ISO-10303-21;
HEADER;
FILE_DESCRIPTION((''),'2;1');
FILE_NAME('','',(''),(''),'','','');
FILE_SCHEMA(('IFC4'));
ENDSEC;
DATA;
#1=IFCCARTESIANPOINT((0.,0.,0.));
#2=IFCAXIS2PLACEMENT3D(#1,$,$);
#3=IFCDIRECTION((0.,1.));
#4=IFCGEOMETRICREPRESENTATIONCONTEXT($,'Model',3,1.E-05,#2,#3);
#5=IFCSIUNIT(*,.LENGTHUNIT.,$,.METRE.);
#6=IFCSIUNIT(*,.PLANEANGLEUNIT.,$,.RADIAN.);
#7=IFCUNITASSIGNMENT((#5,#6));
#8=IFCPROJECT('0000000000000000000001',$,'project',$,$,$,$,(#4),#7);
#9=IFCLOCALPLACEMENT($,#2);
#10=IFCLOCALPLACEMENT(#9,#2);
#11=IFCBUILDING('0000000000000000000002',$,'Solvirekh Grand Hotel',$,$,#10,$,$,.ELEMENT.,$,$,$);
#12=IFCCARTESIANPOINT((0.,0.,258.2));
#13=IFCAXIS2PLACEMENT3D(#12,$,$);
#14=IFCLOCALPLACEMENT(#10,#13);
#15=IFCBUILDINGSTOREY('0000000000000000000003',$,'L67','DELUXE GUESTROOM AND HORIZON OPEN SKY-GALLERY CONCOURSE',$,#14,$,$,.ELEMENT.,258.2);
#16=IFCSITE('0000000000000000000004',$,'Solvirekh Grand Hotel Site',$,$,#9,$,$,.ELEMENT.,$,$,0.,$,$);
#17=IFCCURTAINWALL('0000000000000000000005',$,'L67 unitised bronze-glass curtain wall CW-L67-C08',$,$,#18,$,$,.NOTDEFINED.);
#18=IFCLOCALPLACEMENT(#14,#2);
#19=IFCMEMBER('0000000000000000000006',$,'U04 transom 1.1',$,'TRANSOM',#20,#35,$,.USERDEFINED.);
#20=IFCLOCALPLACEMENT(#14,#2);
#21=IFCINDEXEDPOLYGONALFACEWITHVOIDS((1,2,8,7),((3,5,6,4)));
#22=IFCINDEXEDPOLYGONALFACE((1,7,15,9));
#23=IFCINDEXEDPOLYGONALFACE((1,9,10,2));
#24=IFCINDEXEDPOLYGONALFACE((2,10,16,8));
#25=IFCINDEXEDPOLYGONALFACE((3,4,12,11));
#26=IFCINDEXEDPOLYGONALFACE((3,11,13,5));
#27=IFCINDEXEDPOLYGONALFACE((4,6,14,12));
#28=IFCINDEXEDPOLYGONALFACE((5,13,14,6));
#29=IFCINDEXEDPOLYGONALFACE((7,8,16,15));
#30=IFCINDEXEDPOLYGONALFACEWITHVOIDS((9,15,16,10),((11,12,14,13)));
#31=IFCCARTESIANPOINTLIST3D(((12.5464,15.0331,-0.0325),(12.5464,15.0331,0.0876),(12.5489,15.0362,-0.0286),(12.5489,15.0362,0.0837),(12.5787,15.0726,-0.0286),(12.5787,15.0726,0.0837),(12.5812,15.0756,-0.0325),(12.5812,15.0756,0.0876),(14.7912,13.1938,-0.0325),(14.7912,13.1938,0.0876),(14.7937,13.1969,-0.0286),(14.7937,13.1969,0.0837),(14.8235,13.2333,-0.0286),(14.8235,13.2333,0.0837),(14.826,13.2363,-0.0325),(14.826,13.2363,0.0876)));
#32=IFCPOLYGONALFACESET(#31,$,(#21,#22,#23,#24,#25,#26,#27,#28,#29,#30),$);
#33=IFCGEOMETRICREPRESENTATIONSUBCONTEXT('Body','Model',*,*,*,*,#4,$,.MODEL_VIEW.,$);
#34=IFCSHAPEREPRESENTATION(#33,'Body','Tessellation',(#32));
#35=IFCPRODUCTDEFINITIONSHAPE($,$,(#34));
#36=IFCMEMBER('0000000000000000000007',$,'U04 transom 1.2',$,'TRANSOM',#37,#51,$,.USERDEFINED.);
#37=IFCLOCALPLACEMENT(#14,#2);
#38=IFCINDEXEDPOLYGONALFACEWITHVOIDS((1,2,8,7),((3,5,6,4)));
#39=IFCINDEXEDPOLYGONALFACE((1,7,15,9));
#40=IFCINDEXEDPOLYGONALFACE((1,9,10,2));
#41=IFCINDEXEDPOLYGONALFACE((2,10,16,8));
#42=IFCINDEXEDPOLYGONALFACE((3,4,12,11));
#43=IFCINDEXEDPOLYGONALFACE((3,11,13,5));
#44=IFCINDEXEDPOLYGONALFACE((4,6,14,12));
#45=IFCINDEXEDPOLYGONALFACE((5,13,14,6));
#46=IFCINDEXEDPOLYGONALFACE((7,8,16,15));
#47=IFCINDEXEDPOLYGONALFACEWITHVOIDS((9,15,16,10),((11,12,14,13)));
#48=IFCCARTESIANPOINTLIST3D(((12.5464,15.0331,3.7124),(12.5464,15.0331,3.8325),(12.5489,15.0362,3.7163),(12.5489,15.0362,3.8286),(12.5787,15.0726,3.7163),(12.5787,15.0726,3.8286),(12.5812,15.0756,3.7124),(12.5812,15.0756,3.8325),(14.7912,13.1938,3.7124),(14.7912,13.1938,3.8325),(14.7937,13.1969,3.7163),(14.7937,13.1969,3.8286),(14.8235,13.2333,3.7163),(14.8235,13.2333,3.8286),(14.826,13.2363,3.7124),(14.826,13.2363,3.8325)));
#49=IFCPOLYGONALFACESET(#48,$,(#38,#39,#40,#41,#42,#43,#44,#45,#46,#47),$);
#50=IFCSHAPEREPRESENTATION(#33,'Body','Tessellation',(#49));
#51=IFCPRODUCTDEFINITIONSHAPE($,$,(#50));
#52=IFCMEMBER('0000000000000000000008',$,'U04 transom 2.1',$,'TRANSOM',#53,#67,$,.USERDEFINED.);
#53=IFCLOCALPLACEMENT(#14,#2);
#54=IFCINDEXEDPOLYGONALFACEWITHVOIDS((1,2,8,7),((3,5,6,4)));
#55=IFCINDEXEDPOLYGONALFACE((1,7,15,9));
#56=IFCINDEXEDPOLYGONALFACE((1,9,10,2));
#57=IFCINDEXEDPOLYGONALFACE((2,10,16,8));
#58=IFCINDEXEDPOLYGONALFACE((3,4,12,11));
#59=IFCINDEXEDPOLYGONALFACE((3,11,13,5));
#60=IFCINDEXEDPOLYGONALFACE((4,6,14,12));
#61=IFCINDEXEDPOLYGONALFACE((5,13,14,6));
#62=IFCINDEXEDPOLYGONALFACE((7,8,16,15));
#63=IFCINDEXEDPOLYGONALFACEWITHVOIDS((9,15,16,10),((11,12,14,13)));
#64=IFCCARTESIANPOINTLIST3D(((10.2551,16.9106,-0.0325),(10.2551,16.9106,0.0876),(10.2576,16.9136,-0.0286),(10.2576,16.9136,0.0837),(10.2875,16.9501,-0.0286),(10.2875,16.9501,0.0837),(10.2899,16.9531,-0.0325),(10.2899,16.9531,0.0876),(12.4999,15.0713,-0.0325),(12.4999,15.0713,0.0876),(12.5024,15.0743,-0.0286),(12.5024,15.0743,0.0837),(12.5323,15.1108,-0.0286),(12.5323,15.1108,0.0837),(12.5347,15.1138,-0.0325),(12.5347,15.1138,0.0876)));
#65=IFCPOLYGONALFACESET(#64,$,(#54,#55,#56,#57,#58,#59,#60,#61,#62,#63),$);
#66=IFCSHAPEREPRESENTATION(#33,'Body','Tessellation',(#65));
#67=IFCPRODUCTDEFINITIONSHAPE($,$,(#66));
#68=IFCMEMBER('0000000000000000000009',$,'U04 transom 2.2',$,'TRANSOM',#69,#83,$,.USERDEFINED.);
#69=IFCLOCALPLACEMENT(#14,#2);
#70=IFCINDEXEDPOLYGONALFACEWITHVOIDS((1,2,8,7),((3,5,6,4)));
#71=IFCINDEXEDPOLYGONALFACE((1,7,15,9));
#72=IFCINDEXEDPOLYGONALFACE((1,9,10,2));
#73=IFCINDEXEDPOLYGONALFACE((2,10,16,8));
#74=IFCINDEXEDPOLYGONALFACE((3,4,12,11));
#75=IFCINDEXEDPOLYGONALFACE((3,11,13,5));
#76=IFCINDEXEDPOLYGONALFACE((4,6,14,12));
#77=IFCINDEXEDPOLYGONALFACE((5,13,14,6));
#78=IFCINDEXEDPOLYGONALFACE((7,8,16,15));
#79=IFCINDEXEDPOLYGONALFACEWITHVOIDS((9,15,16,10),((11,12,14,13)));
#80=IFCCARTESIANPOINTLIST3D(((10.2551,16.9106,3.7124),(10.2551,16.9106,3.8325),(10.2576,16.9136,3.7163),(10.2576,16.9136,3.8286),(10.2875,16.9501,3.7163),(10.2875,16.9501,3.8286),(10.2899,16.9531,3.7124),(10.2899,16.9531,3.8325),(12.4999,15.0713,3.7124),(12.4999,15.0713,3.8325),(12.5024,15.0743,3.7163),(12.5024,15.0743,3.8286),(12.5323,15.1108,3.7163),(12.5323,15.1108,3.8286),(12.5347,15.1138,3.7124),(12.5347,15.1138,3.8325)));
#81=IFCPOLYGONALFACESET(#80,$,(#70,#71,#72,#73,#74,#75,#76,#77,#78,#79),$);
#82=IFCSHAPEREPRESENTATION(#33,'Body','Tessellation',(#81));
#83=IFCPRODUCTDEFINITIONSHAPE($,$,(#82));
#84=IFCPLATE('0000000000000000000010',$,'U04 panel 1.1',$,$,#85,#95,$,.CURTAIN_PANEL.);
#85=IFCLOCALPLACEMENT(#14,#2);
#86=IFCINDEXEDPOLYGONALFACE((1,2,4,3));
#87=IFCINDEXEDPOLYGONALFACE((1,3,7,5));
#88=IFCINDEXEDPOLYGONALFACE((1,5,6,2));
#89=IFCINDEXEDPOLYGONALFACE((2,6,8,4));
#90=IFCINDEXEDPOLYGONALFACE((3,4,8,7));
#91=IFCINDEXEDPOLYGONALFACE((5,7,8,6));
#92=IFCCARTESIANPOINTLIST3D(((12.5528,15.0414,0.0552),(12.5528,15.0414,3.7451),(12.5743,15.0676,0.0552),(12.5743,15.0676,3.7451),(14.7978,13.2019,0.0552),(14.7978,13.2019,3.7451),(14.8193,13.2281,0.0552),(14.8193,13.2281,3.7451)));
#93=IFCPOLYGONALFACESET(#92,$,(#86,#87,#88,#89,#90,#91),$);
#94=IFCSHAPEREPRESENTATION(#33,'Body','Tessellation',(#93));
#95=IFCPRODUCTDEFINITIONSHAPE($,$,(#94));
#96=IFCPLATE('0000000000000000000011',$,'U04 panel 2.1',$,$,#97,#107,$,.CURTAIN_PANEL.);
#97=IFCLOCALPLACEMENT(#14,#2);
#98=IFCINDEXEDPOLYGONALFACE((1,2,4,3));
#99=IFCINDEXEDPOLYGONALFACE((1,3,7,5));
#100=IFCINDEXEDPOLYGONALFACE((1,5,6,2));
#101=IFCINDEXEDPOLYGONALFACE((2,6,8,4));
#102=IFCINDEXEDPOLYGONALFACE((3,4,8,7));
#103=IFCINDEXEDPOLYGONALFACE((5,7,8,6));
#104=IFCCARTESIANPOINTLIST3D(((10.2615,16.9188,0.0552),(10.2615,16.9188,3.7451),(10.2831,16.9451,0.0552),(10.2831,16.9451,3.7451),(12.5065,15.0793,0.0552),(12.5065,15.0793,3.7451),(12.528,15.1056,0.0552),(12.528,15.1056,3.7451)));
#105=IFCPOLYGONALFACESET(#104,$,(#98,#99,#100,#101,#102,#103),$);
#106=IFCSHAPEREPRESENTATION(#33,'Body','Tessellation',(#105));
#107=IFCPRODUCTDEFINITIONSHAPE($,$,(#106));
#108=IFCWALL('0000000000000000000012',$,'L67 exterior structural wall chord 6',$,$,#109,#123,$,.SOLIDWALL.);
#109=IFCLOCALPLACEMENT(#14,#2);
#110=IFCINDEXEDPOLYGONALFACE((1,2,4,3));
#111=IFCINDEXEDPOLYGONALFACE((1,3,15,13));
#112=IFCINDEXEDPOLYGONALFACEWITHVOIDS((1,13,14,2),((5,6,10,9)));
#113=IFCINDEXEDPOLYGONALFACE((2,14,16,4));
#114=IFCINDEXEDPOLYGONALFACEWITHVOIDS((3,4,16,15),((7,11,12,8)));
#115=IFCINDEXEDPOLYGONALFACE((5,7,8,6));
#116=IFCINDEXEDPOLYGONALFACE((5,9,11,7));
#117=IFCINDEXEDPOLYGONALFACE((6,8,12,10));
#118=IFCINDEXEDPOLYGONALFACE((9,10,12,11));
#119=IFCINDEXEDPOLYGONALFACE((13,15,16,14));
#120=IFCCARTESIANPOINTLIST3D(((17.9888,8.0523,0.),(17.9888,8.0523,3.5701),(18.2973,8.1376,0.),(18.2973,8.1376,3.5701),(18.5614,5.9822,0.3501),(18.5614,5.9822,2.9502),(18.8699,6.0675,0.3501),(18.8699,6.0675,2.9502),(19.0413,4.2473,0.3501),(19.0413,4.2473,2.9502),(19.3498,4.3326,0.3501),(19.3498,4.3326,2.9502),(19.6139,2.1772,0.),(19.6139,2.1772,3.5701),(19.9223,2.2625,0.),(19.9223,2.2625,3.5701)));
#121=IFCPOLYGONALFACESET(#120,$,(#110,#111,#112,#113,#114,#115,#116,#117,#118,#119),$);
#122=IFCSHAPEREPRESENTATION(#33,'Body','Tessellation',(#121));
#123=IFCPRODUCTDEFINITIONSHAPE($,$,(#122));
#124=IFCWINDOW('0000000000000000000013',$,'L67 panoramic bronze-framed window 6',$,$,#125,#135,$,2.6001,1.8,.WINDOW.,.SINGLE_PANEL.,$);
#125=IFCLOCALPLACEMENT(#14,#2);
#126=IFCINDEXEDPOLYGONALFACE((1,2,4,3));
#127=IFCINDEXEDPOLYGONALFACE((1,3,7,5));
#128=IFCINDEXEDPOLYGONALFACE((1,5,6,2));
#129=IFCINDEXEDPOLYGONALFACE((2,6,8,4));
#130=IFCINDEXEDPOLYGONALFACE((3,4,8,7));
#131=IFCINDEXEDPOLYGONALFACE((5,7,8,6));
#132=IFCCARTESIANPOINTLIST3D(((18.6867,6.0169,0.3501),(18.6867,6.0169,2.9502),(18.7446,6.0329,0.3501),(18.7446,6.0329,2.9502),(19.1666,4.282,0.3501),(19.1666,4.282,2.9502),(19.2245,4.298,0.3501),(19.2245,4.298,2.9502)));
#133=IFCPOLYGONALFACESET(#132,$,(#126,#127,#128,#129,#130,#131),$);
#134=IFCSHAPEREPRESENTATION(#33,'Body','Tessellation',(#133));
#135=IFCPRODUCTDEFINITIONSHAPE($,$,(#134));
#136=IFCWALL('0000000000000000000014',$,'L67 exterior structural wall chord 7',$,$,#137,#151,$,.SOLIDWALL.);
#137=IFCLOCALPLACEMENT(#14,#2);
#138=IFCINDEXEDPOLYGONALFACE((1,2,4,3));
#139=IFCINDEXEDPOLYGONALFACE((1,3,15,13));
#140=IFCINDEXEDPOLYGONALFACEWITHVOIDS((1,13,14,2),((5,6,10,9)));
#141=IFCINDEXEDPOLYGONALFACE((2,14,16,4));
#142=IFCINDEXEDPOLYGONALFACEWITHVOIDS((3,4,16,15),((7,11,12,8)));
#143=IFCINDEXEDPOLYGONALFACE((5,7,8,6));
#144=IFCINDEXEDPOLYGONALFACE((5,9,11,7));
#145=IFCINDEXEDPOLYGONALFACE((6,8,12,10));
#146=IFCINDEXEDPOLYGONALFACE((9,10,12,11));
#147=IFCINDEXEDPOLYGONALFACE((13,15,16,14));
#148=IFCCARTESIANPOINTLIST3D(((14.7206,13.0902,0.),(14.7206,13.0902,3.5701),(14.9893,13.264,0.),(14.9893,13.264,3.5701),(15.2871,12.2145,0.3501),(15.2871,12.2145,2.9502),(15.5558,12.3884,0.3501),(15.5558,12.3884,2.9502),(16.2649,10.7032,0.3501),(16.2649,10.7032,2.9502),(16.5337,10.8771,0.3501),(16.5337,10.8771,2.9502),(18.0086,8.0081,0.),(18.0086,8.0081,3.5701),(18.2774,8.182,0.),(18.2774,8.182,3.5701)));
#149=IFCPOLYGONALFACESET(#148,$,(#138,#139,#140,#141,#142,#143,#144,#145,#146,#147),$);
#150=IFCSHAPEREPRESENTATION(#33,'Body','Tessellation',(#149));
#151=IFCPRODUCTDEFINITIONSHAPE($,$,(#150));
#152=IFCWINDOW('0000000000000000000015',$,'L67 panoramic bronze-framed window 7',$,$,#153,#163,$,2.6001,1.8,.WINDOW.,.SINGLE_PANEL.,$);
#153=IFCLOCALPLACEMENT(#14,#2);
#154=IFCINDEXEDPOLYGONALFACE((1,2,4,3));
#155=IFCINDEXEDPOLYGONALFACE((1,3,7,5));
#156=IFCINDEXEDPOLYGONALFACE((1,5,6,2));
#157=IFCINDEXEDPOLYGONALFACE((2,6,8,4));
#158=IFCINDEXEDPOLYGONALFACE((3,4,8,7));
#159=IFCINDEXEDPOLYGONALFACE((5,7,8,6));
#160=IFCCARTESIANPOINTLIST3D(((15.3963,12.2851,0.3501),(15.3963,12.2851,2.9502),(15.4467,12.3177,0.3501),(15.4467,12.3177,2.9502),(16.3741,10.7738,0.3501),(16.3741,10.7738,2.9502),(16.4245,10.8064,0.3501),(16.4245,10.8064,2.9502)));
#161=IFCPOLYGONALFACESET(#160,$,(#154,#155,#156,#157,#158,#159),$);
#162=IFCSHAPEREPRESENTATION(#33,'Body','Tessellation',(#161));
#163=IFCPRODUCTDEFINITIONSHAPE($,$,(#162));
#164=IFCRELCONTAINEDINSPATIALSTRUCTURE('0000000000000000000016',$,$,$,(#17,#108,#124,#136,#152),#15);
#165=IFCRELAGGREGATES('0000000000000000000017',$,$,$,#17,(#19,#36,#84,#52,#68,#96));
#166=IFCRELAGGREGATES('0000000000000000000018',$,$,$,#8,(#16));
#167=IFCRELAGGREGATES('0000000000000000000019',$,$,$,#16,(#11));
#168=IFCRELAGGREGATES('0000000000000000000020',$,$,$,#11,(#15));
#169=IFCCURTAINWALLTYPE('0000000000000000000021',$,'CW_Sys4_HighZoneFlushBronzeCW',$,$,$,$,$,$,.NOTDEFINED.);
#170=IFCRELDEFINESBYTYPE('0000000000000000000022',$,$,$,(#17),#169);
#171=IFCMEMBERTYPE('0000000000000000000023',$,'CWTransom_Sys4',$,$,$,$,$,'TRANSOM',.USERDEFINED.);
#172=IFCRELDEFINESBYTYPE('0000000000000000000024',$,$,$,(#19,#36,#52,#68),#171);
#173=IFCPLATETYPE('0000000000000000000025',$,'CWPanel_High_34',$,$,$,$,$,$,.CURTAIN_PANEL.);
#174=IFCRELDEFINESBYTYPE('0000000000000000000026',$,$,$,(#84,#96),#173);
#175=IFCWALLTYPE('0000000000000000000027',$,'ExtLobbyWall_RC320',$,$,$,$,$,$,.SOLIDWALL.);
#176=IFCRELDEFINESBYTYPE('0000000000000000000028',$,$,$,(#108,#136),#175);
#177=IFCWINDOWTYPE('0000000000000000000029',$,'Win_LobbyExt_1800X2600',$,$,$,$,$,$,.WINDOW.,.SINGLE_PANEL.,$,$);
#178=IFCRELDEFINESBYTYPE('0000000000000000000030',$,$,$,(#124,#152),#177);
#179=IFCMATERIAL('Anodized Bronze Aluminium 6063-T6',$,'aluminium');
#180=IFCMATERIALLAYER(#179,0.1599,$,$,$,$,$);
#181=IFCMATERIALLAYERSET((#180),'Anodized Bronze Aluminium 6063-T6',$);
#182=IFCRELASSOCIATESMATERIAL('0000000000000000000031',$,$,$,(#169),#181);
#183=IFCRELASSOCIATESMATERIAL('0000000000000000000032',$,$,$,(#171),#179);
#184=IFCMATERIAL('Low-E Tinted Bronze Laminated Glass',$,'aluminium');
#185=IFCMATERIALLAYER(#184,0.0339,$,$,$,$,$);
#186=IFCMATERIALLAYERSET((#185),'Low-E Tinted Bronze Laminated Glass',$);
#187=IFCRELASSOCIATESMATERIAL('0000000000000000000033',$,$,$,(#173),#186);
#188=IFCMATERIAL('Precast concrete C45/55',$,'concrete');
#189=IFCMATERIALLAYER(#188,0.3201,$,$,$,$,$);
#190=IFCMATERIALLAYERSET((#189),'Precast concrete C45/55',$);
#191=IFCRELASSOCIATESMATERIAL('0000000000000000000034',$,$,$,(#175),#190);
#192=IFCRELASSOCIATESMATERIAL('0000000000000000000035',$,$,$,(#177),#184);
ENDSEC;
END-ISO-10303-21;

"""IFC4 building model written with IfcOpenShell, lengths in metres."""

from ifc_helpers import new_model, si_unit, direction, frame, frame_2d, origin, origin_2d, place, context, subcontext, project, spatial, rectangle, hollow_rectangle, extrude, source, transform, mapped, material, layer, layer_set, material_profile, profile_set, type_object, element, fill, aggregate, save


model = new_model("IFC4")

# Units and contexts
model_context = context("Model", 3, precision=1e-05, world=origin(), true_north=direction((0.0, 1.0)))
body_context = subcontext(model_context, "Body", "Model", "MODEL_VIEW")
ifc_project = project(units=[si_unit("LENGTHUNIT", "METRE"), si_unit("PLANEANGLEUNIT", "RADIAN")], contexts=[model_context])

# Site, building, storey
site_placement = place(None, origin())
site = spatial("IfcSite", under=ifc_project, at=site_placement, Name="Solvirekh Grand Hotel Site", CompositionType="ELEMENT", RefElevation=0.0)
building_placement = place(site_placement, origin())
building = spatial("IfcBuilding", under=site, at=building_placement, Name="Solvirekh Grand Hotel", CompositionType="ELEMENT")
storey_placement = place(building_placement, frame((0.0, 0.0, 258.2)))
storey = spatial("IfcBuildingStorey", under=building, at=storey_placement, Name="L67", Description="DELUXE GUESTROOM AND HORIZON OPEN SKY-GALLERY CONCOURSE", CompositionType="ELEMENT", Elevation=258.2)

# Curtain wall, members, plates
ifc_material_1 = material(Name="Anodized Bronze Aluminium 6063-T6", Category="aluminium")
ifc_layer_1 = layer(ifc_material_1, 0.1599)
ifc_layer_set_1 = layer_set([ifc_layer_1], Name="Anodized Bronze Aluminium 6063-T6")
curtain_wall_type = type_object("IfcCurtainWallType", Name="CW_Sys4_HighZoneFlushBronzeCW", PredefinedType="NOTDEFINED", material=ifc_layer_set_1)
curtain_wall_placement = place(storey_placement, origin())
curtain_wall = element("IfcCurtainWall", 1, at=curtain_wall_placement, inside=storey, type_object=curtain_wall_type, Name="L67 unitised bronze-glass curtain wall CW-L67-C08", PredefinedType="NOTDEFINED")
ifc_material_profile_1 = material_profile(ifc_material_1, hollow_rectangle(XDim=0.0549, YDim=0.1201, WallThickness=0.0039, at=origin_2d()), Name="ALU RHS 120X55X4")
ifc_profile_set_1 = profile_set([ifc_material_profile_1], Name="Anodized Bronze Aluminium 6063-T6")
member_type_1 = type_object("IfcMemberType", Name="CWTransom_Sys4", ElementType="TRANSOM", PredefinedType="USERDEFINED", material=ifc_profile_set_1)
shared_shape_1 = source(origin(), body_context, "Body", "SweptSolid", [
    extrude(hollow_rectangle(XDim=0.0549, YDim=0.1201, WallThickness=0.0039, at=origin_2d()), origin(), (0.0, 0.0, 1.0), 2.9021),
])
member_1_placement = place(storey_placement, frame((14.8086, 13.2151, 0.0276), z_axis=(-0.773511, 0.633783, 0.0), x_axis=(-0.633783, -0.773511, 0.0)))
member_1 = element("IfcMember", 2, at=member_1_placement, type_object=member_type_1, Name="U04 transom 1.1", ObjectType="TRANSOM", PredefinedType="USERDEFINED", context=body_context, shape_type="MappedRepresentation", body=[
    mapped(shared_shape_1, transform((0.0, 0.0, 0.0), x_axis=(1.0, 0.0, 0.0), y_axis=(0.0, 1.0, 0.0), z_axis=(0.0, 0.0, 1.0), scale=1.0)),
])
member_2_placement = place(storey_placement, frame((14.8086, 13.2151, 3.7725), z_axis=(-0.773511, 0.633783, 0.0), x_axis=(-0.633783, -0.773511, 0.0)))
member_2 = element("IfcMember", 3, at=member_2_placement, type_object=member_type_1, Name="U04 transom 1.2", ObjectType="TRANSOM", PredefinedType="USERDEFINED", context=body_context, shape_type="MappedRepresentation", body=[
    mapped(shared_shape_1, transform((0.0, 0.0, 0.0), x_axis=(1.0, 0.0, 0.0), y_axis=(0.0, 1.0, 0.0), z_axis=(0.0, 0.0, 1.0), scale=1.0)),
])
member_3_placement = place(storey_placement, frame((12.5173, 15.0925, 0.0276), z_axis=(-0.773511, 0.633783, 0.0), x_axis=(-0.633783, -0.773511, 0.0)))
member_3 = element("IfcMember", 4, at=member_3_placement, type_object=member_type_1, Name="U04 transom 2.1", ObjectType="TRANSOM", PredefinedType="USERDEFINED", context=body_context, shape_type="MappedRepresentation", body=[
    mapped(shared_shape_1, transform((0.0, 0.0, 0.0), x_axis=(1.0, 0.0, 0.0), y_axis=(0.0, 1.0, 0.0), z_axis=(0.0, 0.0, 1.0), scale=1.0)),
])
member_4_placement = place(storey_placement, frame((12.5173, 15.0925, 3.7725), z_axis=(-0.773511, 0.633783, 0.0), x_axis=(-0.633783, -0.773511, 0.0)))
member_4 = element("IfcMember", 5, at=member_4_placement, type_object=member_type_1, Name="U04 transom 2.2", ObjectType="TRANSOM", PredefinedType="USERDEFINED", context=body_context, shape_type="MappedRepresentation", body=[
    mapped(shared_shape_1, transform((0.0, 0.0, 0.0), x_axis=(1.0, 0.0, 0.0), y_axis=(0.0, 1.0, 0.0), z_axis=(0.0, 0.0, 1.0), scale=1.0)),
])
ifc_material_2 = material(Name="Low-E Tinted Bronze Laminated Glass", Category="aluminium")
ifc_layer_2 = layer(ifc_material_2, 0.0339)
ifc_layer_set_2 = layer_set([ifc_layer_2], Name="Low-E Tinted Bronze Laminated Glass")
plate_type = type_object("IfcPlateType", Name="CWPanel_High_34", PredefinedType="CURTAIN_PANEL", material=ifc_layer_set_2)
shared_shape_2 = source(origin(), body_context, "Body", "SweptSolid", [
    extrude(rectangle(XDim=2.9023, YDim=0.0339, at=origin_2d()), origin(), (0.0, 0.0, 1.0), 3.6899),
])
plate_1_placement = place(storey_placement, frame((13.686, 14.1348, 0.0552), z_axis=(0.0, 0.0, 1.0), x_axis=(-0.773496, 0.633802, 0.0)))
plate_1 = element("IfcPlate", 6, at=plate_1_placement, type_object=plate_type, Name="U04 panel 1.1", PredefinedType="CURTAIN_PANEL", context=body_context, shape_type="MappedRepresentation", body=[
    mapped(shared_shape_2, transform((0.0, 0.0, 0.0), x_axis=(1.0, 0.0, 0.0), y_axis=(0.0, 1.0, 0.0), z_axis=(0.0, 0.0, 1.0), scale=1.0)),
])
plate_2_placement = place(storey_placement, frame((11.3948, 16.0122, 0.0552), z_axis=(0.0, 0.0, 1.0), x_axis=(-0.773496, 0.633802, 0.0)))
plate_2 = element("IfcPlate", 7, at=plate_2_placement, type_object=plate_type, Name="U04 panel 2.1", PredefinedType="CURTAIN_PANEL", context=body_context, shape_type="MappedRepresentation", body=[
    mapped(shared_shape_2, transform((0.0, 0.0, 0.0), x_axis=(1.0, 0.0, 0.0), y_axis=(0.0, 1.0, 0.0), z_axis=(0.0, 0.0, 1.0), scale=1.0)),
])
aggregate(curtain_wall, [member_1, member_2, plate_1, member_3, member_4, plate_2])

# Walls, openings, windows
ifc_material_3 = material(Name="Precast concrete C45/55", Category="concrete")
ifc_layer_3 = layer(ifc_material_3, 0.3201)
ifc_layer_set_3 = layer_set([ifc_layer_3], Name="Precast concrete C45/55")
wall_type_1 = type_object("IfcWallType", Name="ExtLobbyWall_RC320", PredefinedType="SOLIDWALL", material=ifc_layer_set_3)
wall_1_placement = place(storey_placement, frame((18.1431, 8.095, 0.0), z_axis=(0.0, 0.0, 1.0), x_axis=(0.266586, -0.963811, 0.0)))
wall_1 = element("IfcWall", 8, at=wall_1_placement, inside=storey, type_object=wall_type_1, Name="L67 exterior structural wall chord 6", PredefinedType="SOLIDWALL", context=body_context, shape_type="SweptSolid", body=[
    extrude(rectangle(XDim=6.0957, YDim=0.3201, at=frame_2d((3.0479, 0.0))), origin(), (0.0, 0.0, 1.0), 3.5701),
])
opening_1_placement = place(wall_1_placement, frame((2.1479, 0.0, 0.3501)))
opening_1 = element("IfcOpeningElement", 9, at=opening_1_placement, cuts=wall_1, PredefinedType="OPENING", context=body_context, shape_type="SweptSolid", body=[
    extrude(rectangle(XDim=1.8, YDim=2.6001, at=frame_2d((0.8999, 1.3))), frame((0.0, 0.1699, 0.0), z_axis=(0.0, -1.0, 0.0), x_axis=(1.0, 0.0, 0.0)), (0.0, 0.0, 1.0), 0.3401),
])
window_type = type_object("IfcWindowType", Name="Win_LobbyExt_1800X2600", PartitioningType="SINGLE_PANEL", PredefinedType="WINDOW", material=ifc_material_2)
window_1_placement = place(opening_1_placement, origin())
window_1 = element("IfcWindow", 10, at=window_1_placement, inside=storey, type_object=window_type, Name="L67 panoramic bronze-framed window 6", OverallHeight=2.6001, OverallWidth=1.8, PartitioningType="SINGLE_PANEL", PredefinedType="WINDOW", context=body_context, shape_type="SweptSolid", body=[
    extrude(rectangle(XDim=1.8, YDim=2.6001, at=frame_2d((0.8999, 1.3))), frame((0.0, 0.03, 0.0), z_axis=(0.0, -1.0, 0.0), x_axis=(1.0, 0.0, 0.0)), (0.0, 0.0, 1.0), 0.0601),
])
fill(opening_1, window_1)
wall_2_placement = place(storey_placement, frame((14.855, 13.177, 0.0), z_axis=(0.0, 0.0, 1.0), x_axis=(0.543218, -0.839592, 0.0)))
wall_2 = element("IfcWall", 11, at=wall_2_placement, inside=storey, type_object=wall_type_1, Name="L67 exterior structural wall chord 7", PredefinedType="SOLIDWALL", context=body_context, shape_type="SweptSolid", body=[
    extrude(rectangle(XDim=6.053, YDim=0.3201, at=frame_2d((3.0264, 0.0))), origin(), (0.0, 0.0, 1.0), 3.5701),
])
opening_2_placement = place(wall_2_placement, frame((1.043, 0.0, 0.3501)))
opening_2 = element("IfcOpeningElement", 12, at=opening_2_placement, cuts=wall_2, PredefinedType="OPENING", context=body_context, shape_type="SweptSolid", body=[
    extrude(rectangle(XDim=1.8, YDim=2.6001, at=frame_2d((0.8999, 1.3))), frame((0.0, 0.1699, 0.0), z_axis=(0.0, -1.0, 0.0), x_axis=(1.0, 0.0, 0.0)), (0.0, 0.0, 1.0), 0.3401),
])
window_2_placement = place(opening_2_placement, origin())
window_2 = element("IfcWindow", 13, at=window_2_placement, inside=storey, type_object=window_type, Name="L67 panoramic bronze-framed window 7", OverallHeight=2.6001, OverallWidth=1.8, PartitioningType="SINGLE_PANEL", PredefinedType="WINDOW", context=body_context, shape_type="SweptSolid", body=[
    extrude(rectangle(XDim=1.8, YDim=2.6001, at=frame_2d((0.8999, 1.3))), frame((0.0, 0.03, 0.0), z_axis=(0.0, -1.0, 0.0), x_axis=(1.0, 0.0, 0.0)), (0.0, 0.0, 1.0), 0.0601),
])
fill(opening_2, window_2)

save(model, "model.ifc")
